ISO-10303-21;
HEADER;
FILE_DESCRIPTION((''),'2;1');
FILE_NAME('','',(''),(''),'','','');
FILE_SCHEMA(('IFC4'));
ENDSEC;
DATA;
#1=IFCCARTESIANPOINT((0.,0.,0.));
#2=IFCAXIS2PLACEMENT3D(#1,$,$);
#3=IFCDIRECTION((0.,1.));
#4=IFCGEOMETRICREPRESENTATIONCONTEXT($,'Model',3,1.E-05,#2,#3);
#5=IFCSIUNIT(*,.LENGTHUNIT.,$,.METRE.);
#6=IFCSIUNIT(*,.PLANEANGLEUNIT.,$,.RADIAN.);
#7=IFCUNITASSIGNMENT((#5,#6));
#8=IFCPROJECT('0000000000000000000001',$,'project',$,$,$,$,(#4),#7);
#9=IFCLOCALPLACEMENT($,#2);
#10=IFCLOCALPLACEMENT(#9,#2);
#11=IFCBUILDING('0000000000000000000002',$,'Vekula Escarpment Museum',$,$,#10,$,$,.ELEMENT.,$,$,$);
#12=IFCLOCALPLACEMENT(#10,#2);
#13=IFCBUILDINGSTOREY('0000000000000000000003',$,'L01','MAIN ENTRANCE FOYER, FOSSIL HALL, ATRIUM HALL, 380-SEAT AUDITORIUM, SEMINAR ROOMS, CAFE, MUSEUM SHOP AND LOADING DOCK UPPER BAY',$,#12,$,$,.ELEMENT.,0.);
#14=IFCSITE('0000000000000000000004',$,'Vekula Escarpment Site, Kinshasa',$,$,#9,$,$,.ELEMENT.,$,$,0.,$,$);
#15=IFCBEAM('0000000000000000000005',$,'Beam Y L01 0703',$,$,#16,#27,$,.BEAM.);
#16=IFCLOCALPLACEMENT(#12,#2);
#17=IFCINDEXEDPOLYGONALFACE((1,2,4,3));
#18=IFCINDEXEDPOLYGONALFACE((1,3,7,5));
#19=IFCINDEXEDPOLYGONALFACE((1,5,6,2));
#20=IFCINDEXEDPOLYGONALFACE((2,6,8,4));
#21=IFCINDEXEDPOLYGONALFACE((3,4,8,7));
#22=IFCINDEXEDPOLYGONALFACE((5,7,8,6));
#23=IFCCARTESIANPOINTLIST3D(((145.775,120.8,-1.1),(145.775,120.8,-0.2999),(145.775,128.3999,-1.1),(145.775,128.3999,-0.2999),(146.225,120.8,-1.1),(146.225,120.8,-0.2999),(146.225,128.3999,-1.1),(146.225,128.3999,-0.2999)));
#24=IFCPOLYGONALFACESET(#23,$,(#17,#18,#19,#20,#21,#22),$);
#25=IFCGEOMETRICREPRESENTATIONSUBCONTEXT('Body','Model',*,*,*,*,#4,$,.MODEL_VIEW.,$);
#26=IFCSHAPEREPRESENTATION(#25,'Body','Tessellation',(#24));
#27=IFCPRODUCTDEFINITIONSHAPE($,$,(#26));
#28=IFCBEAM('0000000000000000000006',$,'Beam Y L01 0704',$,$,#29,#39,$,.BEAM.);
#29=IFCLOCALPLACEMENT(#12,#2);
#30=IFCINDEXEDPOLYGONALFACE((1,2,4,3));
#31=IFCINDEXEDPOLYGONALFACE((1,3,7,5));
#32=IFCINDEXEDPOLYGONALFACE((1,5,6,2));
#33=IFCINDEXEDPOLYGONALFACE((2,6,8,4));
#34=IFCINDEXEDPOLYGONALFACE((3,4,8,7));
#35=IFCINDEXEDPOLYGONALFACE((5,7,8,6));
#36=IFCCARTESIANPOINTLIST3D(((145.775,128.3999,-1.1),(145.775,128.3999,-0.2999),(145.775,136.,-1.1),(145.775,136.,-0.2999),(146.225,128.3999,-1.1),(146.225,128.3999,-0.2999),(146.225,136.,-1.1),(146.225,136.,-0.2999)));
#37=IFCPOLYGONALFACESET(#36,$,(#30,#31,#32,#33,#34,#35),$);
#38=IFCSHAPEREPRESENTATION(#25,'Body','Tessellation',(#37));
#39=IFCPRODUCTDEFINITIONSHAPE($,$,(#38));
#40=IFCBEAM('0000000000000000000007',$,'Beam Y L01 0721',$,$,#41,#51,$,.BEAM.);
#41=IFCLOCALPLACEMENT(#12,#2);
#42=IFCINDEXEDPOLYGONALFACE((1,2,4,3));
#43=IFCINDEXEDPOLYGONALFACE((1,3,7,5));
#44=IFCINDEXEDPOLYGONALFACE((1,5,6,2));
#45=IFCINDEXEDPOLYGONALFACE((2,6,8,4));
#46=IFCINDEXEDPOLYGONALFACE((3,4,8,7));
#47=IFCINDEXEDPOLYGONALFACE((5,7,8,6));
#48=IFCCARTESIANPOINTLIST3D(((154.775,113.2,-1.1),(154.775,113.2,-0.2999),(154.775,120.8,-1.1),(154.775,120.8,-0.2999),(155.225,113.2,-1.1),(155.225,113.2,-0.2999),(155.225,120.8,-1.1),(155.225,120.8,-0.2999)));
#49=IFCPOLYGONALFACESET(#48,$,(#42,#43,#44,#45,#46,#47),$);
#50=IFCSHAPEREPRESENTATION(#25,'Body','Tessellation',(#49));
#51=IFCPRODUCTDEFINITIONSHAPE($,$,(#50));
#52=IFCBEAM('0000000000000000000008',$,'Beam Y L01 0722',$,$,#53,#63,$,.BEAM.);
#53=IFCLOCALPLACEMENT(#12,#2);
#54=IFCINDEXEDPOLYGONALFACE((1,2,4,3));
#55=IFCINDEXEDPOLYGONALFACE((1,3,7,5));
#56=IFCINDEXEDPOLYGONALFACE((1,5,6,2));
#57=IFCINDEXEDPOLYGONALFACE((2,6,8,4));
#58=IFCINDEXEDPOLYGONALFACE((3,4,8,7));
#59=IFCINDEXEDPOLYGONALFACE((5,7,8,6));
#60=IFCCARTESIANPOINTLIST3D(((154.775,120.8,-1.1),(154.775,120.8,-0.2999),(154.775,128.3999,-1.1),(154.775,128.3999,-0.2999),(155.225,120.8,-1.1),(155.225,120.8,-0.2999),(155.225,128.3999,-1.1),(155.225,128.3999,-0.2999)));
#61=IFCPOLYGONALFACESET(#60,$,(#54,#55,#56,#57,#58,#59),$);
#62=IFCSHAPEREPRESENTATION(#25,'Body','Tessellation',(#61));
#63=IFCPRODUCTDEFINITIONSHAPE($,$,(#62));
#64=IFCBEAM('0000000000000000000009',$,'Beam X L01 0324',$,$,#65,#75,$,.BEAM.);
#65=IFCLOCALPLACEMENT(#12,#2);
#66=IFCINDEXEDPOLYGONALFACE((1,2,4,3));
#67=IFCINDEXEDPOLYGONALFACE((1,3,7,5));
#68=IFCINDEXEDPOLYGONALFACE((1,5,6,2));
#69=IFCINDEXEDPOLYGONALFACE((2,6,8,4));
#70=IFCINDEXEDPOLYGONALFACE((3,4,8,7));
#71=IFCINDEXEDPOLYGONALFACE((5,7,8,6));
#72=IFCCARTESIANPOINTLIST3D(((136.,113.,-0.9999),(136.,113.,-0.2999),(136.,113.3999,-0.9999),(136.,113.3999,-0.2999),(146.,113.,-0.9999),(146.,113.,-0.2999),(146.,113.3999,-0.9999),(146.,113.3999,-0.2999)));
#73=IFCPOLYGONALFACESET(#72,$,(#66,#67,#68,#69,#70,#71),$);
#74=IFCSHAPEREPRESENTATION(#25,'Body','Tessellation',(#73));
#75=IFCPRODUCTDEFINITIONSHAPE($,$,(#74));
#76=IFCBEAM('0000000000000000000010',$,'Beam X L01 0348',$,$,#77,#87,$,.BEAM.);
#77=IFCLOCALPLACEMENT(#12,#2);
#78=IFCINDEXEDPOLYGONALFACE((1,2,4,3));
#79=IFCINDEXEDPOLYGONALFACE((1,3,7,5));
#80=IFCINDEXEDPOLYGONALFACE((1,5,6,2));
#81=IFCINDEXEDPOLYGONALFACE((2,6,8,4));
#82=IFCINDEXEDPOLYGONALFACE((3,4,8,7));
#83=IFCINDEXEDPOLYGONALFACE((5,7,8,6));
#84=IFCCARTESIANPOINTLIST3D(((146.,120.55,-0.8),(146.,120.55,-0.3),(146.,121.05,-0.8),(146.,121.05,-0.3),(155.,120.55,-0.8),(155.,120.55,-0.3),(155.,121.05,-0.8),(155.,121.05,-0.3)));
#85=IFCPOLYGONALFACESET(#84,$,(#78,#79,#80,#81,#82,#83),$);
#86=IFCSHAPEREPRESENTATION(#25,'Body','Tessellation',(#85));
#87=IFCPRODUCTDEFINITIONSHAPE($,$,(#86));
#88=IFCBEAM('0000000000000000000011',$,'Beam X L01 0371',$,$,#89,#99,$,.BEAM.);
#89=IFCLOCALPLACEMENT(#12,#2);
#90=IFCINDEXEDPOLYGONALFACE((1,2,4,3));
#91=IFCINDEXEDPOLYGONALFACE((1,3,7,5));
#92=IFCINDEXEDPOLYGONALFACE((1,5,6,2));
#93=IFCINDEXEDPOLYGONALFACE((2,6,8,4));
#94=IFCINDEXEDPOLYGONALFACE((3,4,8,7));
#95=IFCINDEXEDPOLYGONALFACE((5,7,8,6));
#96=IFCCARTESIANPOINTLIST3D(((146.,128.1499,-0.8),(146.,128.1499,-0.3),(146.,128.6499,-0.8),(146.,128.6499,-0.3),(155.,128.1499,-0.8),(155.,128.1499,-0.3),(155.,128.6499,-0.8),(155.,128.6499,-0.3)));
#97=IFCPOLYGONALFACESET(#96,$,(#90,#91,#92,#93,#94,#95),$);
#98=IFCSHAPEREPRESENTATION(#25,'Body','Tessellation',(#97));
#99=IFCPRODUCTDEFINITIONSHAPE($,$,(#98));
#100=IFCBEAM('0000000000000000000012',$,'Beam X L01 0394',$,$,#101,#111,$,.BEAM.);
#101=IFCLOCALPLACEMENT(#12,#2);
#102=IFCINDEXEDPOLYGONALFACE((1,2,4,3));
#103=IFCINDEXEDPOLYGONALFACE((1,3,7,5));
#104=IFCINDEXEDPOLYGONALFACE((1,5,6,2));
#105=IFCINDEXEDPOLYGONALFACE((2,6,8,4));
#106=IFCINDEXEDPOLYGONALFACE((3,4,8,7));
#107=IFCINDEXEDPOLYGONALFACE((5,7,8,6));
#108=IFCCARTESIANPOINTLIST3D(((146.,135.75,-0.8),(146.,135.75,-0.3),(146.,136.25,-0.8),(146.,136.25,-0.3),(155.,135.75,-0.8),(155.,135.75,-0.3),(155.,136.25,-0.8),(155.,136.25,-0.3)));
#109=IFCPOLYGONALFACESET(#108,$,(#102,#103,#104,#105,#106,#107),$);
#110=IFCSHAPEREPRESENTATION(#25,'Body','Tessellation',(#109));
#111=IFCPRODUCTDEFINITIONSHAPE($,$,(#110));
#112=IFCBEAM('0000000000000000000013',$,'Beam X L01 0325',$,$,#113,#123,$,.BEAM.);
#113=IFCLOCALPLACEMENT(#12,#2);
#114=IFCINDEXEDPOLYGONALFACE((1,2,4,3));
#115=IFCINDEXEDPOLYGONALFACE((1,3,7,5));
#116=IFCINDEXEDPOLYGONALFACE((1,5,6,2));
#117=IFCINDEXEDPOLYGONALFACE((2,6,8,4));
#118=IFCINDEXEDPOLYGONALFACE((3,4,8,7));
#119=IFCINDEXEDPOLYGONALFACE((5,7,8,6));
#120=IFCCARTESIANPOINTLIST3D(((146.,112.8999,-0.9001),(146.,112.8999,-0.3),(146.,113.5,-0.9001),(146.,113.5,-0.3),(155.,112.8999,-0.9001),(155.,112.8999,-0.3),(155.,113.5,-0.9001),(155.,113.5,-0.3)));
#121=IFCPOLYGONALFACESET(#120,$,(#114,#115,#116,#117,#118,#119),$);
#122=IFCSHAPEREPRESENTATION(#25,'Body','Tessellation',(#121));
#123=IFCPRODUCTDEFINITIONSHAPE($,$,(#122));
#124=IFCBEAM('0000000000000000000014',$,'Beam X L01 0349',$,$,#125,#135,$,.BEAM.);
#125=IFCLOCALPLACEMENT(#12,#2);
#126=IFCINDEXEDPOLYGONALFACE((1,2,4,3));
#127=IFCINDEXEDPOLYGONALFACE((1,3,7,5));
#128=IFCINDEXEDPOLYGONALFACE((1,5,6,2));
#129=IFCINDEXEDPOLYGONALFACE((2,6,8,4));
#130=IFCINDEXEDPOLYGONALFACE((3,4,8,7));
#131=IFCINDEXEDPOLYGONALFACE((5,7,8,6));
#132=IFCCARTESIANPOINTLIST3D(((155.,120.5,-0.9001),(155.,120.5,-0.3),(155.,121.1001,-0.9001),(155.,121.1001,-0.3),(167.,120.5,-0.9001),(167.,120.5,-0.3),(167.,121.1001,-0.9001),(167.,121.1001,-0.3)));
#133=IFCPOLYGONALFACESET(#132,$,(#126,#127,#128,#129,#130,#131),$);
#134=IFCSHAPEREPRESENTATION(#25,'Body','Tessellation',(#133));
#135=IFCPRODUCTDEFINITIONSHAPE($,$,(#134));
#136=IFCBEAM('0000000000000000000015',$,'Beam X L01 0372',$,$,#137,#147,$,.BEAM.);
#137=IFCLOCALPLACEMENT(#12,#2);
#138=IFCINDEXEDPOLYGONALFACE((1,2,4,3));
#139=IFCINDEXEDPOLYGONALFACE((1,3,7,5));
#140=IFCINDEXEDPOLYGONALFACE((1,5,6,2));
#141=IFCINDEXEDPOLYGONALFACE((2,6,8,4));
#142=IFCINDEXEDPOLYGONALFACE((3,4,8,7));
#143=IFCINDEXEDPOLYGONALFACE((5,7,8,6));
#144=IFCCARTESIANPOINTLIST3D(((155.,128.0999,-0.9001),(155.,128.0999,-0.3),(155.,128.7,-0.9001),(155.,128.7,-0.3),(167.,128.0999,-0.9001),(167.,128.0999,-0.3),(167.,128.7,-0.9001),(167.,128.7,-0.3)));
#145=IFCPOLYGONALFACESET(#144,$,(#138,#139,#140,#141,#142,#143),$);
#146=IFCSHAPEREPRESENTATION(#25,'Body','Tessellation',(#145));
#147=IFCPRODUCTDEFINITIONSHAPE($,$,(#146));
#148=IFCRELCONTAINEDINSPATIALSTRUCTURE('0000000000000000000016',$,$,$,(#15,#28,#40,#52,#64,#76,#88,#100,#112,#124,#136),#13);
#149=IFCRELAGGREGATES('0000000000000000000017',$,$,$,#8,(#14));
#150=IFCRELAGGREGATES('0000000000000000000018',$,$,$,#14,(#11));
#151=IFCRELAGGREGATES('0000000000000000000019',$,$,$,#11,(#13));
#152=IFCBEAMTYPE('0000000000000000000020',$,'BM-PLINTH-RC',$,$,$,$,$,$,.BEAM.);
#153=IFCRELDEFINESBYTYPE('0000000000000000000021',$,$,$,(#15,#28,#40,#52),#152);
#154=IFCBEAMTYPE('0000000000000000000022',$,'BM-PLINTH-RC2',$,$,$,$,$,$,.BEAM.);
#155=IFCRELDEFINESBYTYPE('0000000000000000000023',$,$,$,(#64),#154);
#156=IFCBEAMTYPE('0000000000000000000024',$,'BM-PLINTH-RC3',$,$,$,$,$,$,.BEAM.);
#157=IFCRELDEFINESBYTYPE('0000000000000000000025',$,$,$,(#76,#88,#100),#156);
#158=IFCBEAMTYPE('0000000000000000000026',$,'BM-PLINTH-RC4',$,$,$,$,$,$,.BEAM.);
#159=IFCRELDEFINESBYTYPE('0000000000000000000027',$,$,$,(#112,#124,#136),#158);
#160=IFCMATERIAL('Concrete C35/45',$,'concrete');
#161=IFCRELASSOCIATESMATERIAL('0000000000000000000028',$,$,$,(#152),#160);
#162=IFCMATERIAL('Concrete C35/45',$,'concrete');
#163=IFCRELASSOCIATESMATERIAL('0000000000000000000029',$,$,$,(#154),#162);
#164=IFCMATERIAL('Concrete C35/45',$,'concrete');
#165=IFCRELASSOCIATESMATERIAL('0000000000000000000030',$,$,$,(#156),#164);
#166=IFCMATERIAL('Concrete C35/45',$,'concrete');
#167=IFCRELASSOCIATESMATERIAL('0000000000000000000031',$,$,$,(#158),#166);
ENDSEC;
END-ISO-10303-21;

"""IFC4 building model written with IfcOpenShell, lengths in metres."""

from ifc_helpers import new_model, si_unit, direction, frame, origin, origin_2d, place, context, subcontext, project, spatial, rectangle, extrude, material, material_profile, profile_set, type_object, element, save


model = new_model("IFC4")

# Units and contexts
model_context = context("Model", 3, precision=1e-05, world=origin(), true_north=direction((0.0, 1.0)))
body_context = subcontext(model_context, "Body", "Model", "MODEL_VIEW")
ifc_project = project(units=[si_unit("LENGTHUNIT", "METRE"), si_unit("PLANEANGLEUNIT", "RADIAN")], contexts=[model_context])

# Site, building, storey
site_placement = place(None, origin())
site = spatial("IfcSite", under=ifc_project, at=site_placement, Name="Vekula Escarpment Site, Kinshasa", CompositionType="ELEMENT", RefElevation=0.0)
building_placement = place(site_placement, origin())
building = spatial("IfcBuilding", under=site, at=building_placement, Name="Vekula Escarpment Museum", CompositionType="ELEMENT")
storey_placement = place(building_placement, origin())
storey = spatial("IfcBuildingStorey", under=building, at=storey_placement, Name="L01", Description="MAIN ENTRANCE FOYER, FOSSIL HALL, ATRIUM HALL, 380-SEAT AUDITORIUM, SEMINAR ROOMS, CAFE, MUSEUM SHOP AND LOADING DOCK UPPER BAY", CompositionType="ELEMENT", Elevation=0.0)

# Beams
ifc_material_1 = material(Name="Concrete C35/45", Category="concrete")
ifc_material_profile_1 = material_profile(ifc_material_1, rectangle(XDim=0.45, YDim=0.8, at=origin_2d()), Name="RC 450x800")
ifc_profile_set_1 = profile_set([ifc_material_profile_1], Name="Concrete C35/45")
beam_type_1 = type_object("IfcBeamType", Name="BM-PLINTH-RC", PredefinedType="BEAM", material=ifc_profile_set_1)
beam_1_placement = place(storey_placement, frame((146.0, 120.8, -0.7), z_axis=(0.0, 1.0, 0.0), x_axis=(-1.0, 0.0, 0.0)))
element("IfcBeam", 1, at=beam_1_placement, inside=storey, type_object=beam_type_1, Name="Beam Y L01 0703", PredefinedType="BEAM", context=body_context, shape_type="SweptSolid", body=[
    extrude(rectangle(XDim=0.45, YDim=0.8, at=origin_2d()), origin(), (0.0, 0.0, 1.0), 7.5999),
])
for number, where, z_axis, x_axis, name in (
    (2, (146.0, 128.3999, -0.7), (0.0, 1.0, 0.0), (-1.0, 0.0, 0.0), "Beam Y L01 0704"),
    (3, (155.0, 113.2, -0.7), (0.0, 1.0, 0.0), (-1.0, 0.0, 0.0), "Beam Y L01 0721"),
):
    element("IfcBeam", number, at=place(storey_placement, frame(where, z_axis=z_axis, x_axis=x_axis)), inside=storey, type_object=beam_type_1, Name=name, PredefinedType="BEAM", context=body_context, shape_type="SweptSolid", body=[
        extrude(rectangle(XDim=0.45, YDim=0.8, at=origin_2d()), origin(), (0.0, 0.0, 1.0), 7.6001),
    ])
beam_2_placement = place(storey_placement, frame((155.0, 120.8, -0.7), z_axis=(0.0, 1.0, 0.0), x_axis=(-1.0, 0.0, 0.0)))
element("IfcBeam", 4, at=beam_2_placement, inside=storey, type_object=beam_type_1, Name="Beam Y L01 0722", PredefinedType="BEAM", context=body_context, shape_type="SweptSolid", body=[
    extrude(rectangle(XDim=0.45, YDim=0.8, at=origin_2d()), origin(), (0.0, 0.0, 1.0), 7.5999),
])
ifc_material_2 = material(Name="Concrete C35/45", Category="concrete")
ifc_material_profile_2 = material_profile(ifc_material_2, rectangle(XDim=0.3999, YDim=0.7, at=origin_2d()), Name="RC 400x700")
ifc_profile_set_2 = profile_set([ifc_material_profile_2], Name="Concrete C35/45")
beam_type_2 = type_object("IfcBeamType", Name="BM-PLINTH-RC2", PredefinedType="BEAM", material=ifc_profile_set_2)
beam_3_placement = place(storey_placement, frame((136.0, 113.2, -0.6499), z_axis=(1.0, 0.0, 0.0), x_axis=(0.0, 1.0, 0.0)))
element("IfcBeam", 5, at=beam_3_placement, inside=storey, type_object=beam_type_2, Name="Beam X L01 0324", PredefinedType="BEAM", context=body_context, shape_type="SweptSolid", body=[
    extrude(rectangle(XDim=0.3999, YDim=0.7, at=origin_2d()), origin(), (0.0, 0.0, 1.0), 10.0),
])
ifc_material_3 = material(Name="Concrete C35/45", Category="concrete")
ifc_material_profile_3 = material_profile(ifc_material_3, rectangle(XDim=0.5, YDim=0.5, at=origin_2d()), Name="RC 500x500")
ifc_profile_set_3 = profile_set([ifc_material_profile_3], Name="Concrete C35/45")
beam_type_3 = type_object("IfcBeamType", Name="BM-PLINTH-RC3", PredefinedType="BEAM", material=ifc_profile_set_3)
for number, where, z_axis, x_axis, name in (
    (6, (146.0, 120.8, -0.55), (1.0, 0.0, 0.0), (0.0, 1.0, 0.0), "Beam X L01 0348"),
    (7, (146.0, 128.3999, -0.55), (1.0, 0.0, 0.0), (0.0, 1.0, 0.0), "Beam X L01 0371"),
    (8, (146.0, 136.0, -0.55), (1.0, 0.0, 0.0), (0.0, 1.0, 0.0), "Beam X L01 0394"),
):
    element("IfcBeam", number, at=place(storey_placement, frame(where, z_axis=z_axis, x_axis=x_axis)), inside=storey, type_object=beam_type_3, Name=name, PredefinedType="BEAM", context=body_context, shape_type="SweptSolid", body=[
        extrude(rectangle(XDim=0.5, YDim=0.5, at=origin_2d()), origin(), (0.0, 0.0, 1.0), 9.0),
    ])
ifc_material_4 = material(Name="Concrete C35/45", Category="concrete")
ifc_material_profile_4 = material_profile(ifc_material_4, rectangle(XDim=0.6001, YDim=0.6001, at=origin_2d()), Name="RC 600x600")
ifc_profile_set_4 = profile_set([ifc_material_profile_4], Name="Concrete C35/45")
beam_type_4 = type_object("IfcBeamType", Name="BM-PLINTH-RC4", PredefinedType="BEAM", material=ifc_profile_set_4)
beam_4_placement = place(storey_placement, frame((146.0, 113.2, -0.6001), z_axis=(1.0, 0.0, 0.0), x_axis=(0.0, 1.0, 0.0)))
element("IfcBeam", 9, at=beam_4_placement, inside=storey, type_object=beam_type_4, Name="Beam X L01 0325", PredefinedType="BEAM", context=body_context, shape_type="SweptSolid", body=[
    extrude(rectangle(XDim=0.6001, YDim=0.6001, at=origin_2d()), origin(), (0.0, 0.0, 1.0), 9.0),
])
for number, where, z_axis, x_axis, name in (
    (10, (155.0, 120.8, -0.6001), (1.0, 0.0, 0.0), (0.0, 1.0, 0.0), "Beam X L01 0349"),
    (11, (155.0, 128.3999, -0.6001), (1.0, 0.0, 0.0), (0.0, 1.0, 0.0), "Beam X L01 0372"),
):
    element("IfcBeam", number, at=place(storey_placement, frame(where, z_axis=z_axis, x_axis=x_axis)), inside=storey, type_object=beam_type_4, Name=name, PredefinedType="BEAM", context=body_context, shape_type="SweptSolid", body=[
        extrude(rectangle(XDim=0.6001, YDim=0.6001, at=origin_2d()), origin(), (0.0, 0.0, 1.0), 12.0),
    ])

save(model, "model.ifc")
